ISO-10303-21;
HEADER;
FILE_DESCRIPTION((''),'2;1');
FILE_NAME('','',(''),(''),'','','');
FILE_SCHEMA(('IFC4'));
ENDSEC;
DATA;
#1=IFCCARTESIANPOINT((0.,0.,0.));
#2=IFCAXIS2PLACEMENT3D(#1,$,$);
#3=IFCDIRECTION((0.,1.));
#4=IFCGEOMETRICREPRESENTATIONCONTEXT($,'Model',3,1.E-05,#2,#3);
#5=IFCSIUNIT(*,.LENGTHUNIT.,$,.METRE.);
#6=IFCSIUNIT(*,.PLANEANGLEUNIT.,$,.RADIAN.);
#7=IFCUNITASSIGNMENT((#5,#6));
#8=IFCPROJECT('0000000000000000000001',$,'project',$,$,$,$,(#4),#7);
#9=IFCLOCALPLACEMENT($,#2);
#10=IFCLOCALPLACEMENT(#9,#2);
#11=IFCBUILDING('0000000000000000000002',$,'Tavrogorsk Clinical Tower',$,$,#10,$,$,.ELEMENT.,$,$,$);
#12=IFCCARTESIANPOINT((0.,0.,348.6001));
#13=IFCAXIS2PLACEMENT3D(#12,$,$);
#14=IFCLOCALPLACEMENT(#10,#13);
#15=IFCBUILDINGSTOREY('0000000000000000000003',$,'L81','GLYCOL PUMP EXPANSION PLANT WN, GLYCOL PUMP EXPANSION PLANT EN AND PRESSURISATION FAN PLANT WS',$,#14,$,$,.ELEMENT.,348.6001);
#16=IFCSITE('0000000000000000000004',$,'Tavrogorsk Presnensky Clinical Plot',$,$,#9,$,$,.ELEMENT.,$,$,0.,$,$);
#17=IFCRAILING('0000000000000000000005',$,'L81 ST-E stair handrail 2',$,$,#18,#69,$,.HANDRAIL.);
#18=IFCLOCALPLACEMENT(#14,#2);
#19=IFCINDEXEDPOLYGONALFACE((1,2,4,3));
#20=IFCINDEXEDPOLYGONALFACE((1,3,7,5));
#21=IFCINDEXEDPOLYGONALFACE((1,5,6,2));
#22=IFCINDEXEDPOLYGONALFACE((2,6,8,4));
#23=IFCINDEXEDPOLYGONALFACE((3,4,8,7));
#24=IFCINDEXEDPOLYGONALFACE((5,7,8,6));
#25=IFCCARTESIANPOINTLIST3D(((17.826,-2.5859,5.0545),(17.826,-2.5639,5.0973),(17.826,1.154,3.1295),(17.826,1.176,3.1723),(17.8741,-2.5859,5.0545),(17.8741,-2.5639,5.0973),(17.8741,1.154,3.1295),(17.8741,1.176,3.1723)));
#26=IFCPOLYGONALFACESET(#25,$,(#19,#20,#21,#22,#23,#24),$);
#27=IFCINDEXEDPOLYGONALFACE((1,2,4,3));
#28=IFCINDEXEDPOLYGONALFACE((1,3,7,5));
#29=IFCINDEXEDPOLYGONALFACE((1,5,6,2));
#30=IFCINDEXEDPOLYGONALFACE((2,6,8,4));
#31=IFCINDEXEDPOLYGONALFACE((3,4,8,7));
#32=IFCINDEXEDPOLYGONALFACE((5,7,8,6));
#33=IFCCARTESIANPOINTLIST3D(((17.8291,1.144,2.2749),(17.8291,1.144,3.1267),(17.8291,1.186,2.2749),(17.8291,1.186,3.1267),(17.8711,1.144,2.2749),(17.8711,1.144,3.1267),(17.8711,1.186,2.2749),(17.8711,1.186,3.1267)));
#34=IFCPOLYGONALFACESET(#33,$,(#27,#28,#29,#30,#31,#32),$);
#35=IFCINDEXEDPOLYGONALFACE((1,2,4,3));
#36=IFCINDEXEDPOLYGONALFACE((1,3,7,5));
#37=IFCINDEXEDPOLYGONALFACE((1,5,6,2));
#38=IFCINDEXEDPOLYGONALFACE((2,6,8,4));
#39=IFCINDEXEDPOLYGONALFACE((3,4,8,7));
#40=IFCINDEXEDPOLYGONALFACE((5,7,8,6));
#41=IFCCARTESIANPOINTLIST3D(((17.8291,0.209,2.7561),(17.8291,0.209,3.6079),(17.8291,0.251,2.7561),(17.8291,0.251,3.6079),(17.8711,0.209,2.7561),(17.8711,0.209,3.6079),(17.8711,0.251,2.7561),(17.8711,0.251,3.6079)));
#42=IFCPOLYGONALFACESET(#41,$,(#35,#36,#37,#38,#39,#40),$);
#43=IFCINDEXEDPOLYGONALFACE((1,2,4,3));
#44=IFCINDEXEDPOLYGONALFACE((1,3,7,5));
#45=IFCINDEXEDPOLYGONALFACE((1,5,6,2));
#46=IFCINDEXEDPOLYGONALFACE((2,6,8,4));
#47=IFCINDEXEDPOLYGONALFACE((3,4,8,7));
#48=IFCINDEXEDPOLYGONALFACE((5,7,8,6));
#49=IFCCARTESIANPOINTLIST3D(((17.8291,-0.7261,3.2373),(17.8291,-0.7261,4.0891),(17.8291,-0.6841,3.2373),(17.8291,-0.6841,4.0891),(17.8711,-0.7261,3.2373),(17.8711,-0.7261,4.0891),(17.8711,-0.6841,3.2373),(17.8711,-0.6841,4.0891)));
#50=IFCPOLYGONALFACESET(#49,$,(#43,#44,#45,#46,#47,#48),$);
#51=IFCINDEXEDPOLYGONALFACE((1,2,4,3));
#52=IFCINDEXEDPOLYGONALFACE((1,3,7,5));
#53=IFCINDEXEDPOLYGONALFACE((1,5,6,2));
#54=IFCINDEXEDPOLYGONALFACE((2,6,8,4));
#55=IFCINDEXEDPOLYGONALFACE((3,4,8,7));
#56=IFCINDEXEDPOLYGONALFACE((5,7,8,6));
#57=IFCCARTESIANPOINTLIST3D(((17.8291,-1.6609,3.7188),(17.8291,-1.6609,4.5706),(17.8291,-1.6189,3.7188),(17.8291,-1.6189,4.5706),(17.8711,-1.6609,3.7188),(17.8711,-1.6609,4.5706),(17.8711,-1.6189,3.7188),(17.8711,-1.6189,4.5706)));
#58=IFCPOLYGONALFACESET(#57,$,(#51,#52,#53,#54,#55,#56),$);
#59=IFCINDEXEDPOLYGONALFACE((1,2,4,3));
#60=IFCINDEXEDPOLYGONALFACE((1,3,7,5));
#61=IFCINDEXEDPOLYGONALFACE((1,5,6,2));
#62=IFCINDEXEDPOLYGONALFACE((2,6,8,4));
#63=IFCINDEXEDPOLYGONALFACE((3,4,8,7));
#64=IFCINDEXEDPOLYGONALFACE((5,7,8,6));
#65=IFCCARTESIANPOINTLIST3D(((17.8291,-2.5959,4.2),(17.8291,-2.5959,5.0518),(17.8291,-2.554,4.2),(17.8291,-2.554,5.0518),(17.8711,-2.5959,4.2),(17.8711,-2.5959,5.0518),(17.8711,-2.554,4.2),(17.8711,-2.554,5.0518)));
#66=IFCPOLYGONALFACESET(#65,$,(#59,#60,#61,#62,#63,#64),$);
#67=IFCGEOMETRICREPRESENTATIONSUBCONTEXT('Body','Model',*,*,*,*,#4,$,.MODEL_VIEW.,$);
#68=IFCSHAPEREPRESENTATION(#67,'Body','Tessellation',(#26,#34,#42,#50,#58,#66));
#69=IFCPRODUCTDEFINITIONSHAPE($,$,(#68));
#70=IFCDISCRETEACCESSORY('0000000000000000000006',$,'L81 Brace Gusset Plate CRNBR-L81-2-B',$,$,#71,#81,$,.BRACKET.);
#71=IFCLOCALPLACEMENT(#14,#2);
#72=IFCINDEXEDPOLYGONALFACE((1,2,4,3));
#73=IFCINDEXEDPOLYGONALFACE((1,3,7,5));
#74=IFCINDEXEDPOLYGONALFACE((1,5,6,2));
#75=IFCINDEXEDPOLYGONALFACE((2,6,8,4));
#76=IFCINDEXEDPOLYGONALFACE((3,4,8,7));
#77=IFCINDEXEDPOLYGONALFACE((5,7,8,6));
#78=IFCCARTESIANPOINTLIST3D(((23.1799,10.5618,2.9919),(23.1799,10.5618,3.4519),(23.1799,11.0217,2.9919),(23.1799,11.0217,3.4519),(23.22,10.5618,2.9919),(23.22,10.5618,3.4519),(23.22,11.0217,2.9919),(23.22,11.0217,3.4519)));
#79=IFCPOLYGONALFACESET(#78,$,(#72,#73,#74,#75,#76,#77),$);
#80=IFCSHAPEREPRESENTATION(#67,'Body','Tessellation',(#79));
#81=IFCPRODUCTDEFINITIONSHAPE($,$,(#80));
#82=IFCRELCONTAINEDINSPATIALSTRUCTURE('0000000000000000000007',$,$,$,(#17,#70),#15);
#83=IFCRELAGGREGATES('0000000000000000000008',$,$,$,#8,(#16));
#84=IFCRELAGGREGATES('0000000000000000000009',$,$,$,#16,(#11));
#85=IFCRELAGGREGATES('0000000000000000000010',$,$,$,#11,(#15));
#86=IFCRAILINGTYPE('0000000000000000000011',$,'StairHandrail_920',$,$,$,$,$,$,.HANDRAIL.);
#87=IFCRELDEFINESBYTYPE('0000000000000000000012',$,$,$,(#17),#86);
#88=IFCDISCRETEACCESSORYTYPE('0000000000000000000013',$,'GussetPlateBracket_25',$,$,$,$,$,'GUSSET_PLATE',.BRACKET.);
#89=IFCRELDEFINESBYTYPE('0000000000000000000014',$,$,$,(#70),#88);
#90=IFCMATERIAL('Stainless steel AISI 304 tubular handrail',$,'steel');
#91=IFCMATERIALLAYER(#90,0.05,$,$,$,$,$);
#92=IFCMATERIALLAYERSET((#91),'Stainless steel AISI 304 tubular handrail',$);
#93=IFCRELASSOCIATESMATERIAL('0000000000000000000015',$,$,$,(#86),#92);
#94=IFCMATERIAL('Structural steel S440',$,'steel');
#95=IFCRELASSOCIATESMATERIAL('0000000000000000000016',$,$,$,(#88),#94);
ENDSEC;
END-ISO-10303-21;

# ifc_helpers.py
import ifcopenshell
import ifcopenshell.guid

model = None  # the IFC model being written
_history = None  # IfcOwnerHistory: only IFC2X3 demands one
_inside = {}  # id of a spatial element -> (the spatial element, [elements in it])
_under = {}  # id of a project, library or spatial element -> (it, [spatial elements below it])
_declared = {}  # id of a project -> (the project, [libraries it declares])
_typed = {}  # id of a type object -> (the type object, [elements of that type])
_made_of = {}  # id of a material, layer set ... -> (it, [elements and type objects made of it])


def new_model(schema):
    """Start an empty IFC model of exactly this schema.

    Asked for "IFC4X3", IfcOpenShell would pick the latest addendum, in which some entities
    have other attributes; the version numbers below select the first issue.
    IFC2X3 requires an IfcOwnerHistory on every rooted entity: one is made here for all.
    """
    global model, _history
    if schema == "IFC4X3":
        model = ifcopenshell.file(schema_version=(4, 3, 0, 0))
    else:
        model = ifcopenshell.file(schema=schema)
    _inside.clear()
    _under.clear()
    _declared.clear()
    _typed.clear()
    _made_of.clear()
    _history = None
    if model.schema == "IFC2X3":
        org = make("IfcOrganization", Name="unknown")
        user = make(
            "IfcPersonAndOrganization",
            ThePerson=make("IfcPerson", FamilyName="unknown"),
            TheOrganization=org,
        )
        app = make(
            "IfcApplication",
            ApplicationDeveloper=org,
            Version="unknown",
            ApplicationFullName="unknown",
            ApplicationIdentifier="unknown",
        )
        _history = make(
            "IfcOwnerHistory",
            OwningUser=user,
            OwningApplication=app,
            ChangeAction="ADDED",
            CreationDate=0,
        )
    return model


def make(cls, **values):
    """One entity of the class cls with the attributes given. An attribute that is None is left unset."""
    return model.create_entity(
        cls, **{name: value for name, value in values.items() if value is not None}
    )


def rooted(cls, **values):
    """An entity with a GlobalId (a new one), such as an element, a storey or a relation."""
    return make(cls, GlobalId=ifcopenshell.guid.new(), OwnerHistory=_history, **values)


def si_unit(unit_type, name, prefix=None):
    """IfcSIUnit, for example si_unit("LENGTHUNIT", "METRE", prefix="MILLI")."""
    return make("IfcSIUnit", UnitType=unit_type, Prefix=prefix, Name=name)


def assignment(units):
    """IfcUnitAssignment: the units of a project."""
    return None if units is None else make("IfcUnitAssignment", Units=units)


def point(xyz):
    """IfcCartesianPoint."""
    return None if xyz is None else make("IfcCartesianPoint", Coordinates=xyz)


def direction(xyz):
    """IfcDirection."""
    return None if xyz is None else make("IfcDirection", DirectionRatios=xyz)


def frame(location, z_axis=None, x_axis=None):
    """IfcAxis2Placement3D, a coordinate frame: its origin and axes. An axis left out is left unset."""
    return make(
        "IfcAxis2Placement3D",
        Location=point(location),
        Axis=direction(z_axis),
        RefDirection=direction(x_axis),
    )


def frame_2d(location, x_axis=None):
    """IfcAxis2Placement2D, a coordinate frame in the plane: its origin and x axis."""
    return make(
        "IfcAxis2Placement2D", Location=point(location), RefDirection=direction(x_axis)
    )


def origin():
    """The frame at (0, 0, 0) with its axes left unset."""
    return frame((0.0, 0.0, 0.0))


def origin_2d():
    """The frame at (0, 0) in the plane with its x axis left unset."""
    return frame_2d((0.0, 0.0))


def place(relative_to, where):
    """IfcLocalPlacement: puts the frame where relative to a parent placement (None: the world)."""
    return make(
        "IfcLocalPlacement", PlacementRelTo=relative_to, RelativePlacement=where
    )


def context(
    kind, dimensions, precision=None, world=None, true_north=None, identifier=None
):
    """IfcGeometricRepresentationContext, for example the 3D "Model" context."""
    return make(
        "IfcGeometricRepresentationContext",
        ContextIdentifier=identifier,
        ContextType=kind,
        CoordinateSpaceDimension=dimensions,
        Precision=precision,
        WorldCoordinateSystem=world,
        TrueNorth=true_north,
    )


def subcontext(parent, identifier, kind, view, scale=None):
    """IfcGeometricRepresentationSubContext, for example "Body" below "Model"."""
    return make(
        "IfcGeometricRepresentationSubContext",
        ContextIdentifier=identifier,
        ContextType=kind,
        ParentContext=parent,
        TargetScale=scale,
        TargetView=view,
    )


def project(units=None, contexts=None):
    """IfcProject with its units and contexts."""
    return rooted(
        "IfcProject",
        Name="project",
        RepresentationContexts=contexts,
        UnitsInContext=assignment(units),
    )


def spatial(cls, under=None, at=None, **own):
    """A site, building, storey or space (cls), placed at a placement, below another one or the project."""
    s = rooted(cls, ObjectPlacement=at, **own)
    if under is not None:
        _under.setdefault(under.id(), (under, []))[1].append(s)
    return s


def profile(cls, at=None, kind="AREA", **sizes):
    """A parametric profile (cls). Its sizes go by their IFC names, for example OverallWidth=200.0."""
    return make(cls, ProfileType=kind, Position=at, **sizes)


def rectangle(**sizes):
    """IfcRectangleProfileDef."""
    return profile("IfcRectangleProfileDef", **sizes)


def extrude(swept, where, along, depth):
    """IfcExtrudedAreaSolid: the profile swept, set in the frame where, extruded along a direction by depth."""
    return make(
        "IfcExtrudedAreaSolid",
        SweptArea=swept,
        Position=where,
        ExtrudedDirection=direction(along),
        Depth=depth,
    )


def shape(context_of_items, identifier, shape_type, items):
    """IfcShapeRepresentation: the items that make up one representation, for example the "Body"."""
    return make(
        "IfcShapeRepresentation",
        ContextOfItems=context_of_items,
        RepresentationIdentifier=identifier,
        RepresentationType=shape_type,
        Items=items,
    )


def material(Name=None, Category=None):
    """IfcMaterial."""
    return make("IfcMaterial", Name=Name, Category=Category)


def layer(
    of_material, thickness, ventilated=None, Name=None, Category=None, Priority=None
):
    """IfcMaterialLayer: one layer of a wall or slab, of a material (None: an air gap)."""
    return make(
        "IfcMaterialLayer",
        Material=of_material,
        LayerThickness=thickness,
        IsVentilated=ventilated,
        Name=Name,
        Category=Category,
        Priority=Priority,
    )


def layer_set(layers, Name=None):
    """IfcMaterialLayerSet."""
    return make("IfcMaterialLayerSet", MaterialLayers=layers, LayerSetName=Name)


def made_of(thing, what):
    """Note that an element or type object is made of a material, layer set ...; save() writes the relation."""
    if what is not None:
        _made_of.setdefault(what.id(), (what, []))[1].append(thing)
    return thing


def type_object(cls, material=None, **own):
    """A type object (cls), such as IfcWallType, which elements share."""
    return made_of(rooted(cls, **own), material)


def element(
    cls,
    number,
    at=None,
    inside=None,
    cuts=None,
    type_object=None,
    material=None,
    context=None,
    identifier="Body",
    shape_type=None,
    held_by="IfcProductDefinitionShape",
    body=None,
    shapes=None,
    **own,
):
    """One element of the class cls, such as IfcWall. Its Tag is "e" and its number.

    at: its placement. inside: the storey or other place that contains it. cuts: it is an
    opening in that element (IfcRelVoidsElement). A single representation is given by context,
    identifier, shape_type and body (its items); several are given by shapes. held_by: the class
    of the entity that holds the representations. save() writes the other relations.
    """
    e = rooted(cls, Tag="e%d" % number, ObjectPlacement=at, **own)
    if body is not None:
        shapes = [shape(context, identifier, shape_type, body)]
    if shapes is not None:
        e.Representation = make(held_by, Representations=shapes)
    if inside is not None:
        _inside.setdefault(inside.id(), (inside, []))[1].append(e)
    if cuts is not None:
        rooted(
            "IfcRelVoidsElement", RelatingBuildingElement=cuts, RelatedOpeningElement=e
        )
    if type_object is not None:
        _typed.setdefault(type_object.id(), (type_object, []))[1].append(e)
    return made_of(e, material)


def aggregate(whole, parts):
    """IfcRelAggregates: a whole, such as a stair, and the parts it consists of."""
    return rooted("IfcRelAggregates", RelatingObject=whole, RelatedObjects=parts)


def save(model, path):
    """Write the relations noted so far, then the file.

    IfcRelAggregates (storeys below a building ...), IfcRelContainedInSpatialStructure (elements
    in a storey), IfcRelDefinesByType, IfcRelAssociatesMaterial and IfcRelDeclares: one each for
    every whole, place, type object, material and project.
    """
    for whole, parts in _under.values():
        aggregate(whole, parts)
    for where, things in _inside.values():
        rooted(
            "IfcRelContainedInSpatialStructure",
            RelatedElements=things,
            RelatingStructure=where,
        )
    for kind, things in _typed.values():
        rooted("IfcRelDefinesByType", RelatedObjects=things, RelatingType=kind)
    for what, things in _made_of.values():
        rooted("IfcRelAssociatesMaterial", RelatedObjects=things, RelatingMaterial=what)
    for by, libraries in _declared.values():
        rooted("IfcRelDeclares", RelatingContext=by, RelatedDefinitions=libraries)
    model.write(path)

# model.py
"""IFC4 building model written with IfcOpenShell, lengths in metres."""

from ifc_helpers import new_model, si_unit, direction, frame, origin, origin_2d, place, context, subcontext, project, spatial, rectangle, extrude, material, layer, layer_set, type_object, element, save


model = new_model("IFC4")

# Units and contexts
model_context = context("Model", 3, precision=1e-05, world=origin(), true_north=direction((0.0, 1.0)))
body_context = subcontext(model_context, "Body", "Model", "MODEL_VIEW")
ifc_project = project(units=[si_unit("LENGTHUNIT", "METRE"), si_unit("PLANEANGLEUNIT", "RADIAN")], contexts=[model_context])

# Site, building, storey
site_placement = place(None, origin())
site = spatial("IfcSite", under=ifc_project, at=site_placement, Name="Tavrogorsk Presnensky Clinical Plot", CompositionType="ELEMENT", RefElevation=0.0)
building_placement = place(site_placement, origin())
building = spatial("IfcBuilding", under=site, at=building_placement, Name="Tavrogorsk Clinical Tower", CompositionType="ELEMENT")
storey_placement = place(building_placement, frame((0.0, 0.0, 348.6001)))
storey = spatial("IfcBuildingStorey", under=building, at=storey_placement, Name="L81", Description="GLYCOL PUMP EXPANSION PLANT WN, GLYCOL PUMP EXPANSION PLANT EN AND PRESSURISATION FAN PLANT WS", CompositionType="ELEMENT", Elevation=348.6001)

# Railing
ifc_material_1 = material(Name="Stainless steel AISI 304 tubular handrail", Category="steel")
ifc_layer_1 = layer(ifc_material_1, 0.05)
ifc_layer_set_1 = layer_set([ifc_layer_1], Name="Stainless steel AISI 304 tubular handrail")
railing_type_1 = type_object("IfcRailingType", Name="StairHandrail_920", PredefinedType="HANDRAIL", material=ifc_layer_set_1)
railing_1_placement = place(storey_placement, frame((17.8501, 1.165, 2.2749)))
element("IfcRailing", 1, at=railing_1_placement, inside=storey, type_object=railing_type_1, Name="L81 ST-E stair handrail 2", PredefinedType="HANDRAIL", context=body_context, shape_type="SweptSolid", body=[
    extrude(rectangle(XDim=0.0481, YDim=0.0481, at=origin_2d()), frame((0.0, 0.0, 0.876), z_axis=(0.0, -0.889131, 0.457654), x_axis=(1.0, 0.0, 0.0)), (0.0, 0.0, 1.0), 4.2063),
    extrude(rectangle(XDim=0.042, YDim=0.042, at=origin_2d()), origin(), (0.0, 0.0, 1.0), 0.8518),
    extrude(rectangle(XDim=0.042, YDim=0.042, at=origin_2d()), frame((0.0, -0.9351, 0.4812)), (0.0, 0.0, 1.0), 0.8518),
    extrude(rectangle(XDim=0.042, YDim=0.042, at=origin_2d()), frame((0.0, -1.8701, 0.9624)), (0.0, 0.0, 1.0), 0.8518),
    extrude(rectangle(XDim=0.042, YDim=0.042, at=origin_2d()), frame((0.0, -2.8049, 1.4438)), (0.0, 0.0, 1.0), 0.8518),
    extrude(rectangle(XDim=0.042, YDim=0.042, at=origin_2d()), frame((0.0, -3.74, 1.925)), (0.0, 0.0, 1.0), 0.8518),
])

# Discrete accessory
ifc_material_2 = material(Name="Structural steel S440", Category="steel")
discrete_accessory_type = type_object("IfcDiscreteAccessoryType", Name="GussetPlateBracket_25", ElementType="GUSSET_PLATE", PredefinedType="BRACKET", material=ifc_material_2)
discrete_accessory_placement = place(storey_placement, frame((23.2, 10.7917, 2.9919), z_axis=(0.0, 0.0, 1.0), x_axis=(0.0, 1.0, 0.0)))
element("IfcDiscreteAccessory", 2, at=discrete_accessory_placement, inside=storey, type_object=discrete_accessory_type, Name="L81 Brace Gusset Plate CRNBR-L81-2-B", PredefinedType="BRACKET", context=body_context, shape_type="SweptSolid", body=[
    extrude(rectangle(XDim=0.46, YDim=0.04, at=origin_2d()), origin(), (0.0, 0.0, 1.0), 0.46),
])

save(model, "model.ifc")
